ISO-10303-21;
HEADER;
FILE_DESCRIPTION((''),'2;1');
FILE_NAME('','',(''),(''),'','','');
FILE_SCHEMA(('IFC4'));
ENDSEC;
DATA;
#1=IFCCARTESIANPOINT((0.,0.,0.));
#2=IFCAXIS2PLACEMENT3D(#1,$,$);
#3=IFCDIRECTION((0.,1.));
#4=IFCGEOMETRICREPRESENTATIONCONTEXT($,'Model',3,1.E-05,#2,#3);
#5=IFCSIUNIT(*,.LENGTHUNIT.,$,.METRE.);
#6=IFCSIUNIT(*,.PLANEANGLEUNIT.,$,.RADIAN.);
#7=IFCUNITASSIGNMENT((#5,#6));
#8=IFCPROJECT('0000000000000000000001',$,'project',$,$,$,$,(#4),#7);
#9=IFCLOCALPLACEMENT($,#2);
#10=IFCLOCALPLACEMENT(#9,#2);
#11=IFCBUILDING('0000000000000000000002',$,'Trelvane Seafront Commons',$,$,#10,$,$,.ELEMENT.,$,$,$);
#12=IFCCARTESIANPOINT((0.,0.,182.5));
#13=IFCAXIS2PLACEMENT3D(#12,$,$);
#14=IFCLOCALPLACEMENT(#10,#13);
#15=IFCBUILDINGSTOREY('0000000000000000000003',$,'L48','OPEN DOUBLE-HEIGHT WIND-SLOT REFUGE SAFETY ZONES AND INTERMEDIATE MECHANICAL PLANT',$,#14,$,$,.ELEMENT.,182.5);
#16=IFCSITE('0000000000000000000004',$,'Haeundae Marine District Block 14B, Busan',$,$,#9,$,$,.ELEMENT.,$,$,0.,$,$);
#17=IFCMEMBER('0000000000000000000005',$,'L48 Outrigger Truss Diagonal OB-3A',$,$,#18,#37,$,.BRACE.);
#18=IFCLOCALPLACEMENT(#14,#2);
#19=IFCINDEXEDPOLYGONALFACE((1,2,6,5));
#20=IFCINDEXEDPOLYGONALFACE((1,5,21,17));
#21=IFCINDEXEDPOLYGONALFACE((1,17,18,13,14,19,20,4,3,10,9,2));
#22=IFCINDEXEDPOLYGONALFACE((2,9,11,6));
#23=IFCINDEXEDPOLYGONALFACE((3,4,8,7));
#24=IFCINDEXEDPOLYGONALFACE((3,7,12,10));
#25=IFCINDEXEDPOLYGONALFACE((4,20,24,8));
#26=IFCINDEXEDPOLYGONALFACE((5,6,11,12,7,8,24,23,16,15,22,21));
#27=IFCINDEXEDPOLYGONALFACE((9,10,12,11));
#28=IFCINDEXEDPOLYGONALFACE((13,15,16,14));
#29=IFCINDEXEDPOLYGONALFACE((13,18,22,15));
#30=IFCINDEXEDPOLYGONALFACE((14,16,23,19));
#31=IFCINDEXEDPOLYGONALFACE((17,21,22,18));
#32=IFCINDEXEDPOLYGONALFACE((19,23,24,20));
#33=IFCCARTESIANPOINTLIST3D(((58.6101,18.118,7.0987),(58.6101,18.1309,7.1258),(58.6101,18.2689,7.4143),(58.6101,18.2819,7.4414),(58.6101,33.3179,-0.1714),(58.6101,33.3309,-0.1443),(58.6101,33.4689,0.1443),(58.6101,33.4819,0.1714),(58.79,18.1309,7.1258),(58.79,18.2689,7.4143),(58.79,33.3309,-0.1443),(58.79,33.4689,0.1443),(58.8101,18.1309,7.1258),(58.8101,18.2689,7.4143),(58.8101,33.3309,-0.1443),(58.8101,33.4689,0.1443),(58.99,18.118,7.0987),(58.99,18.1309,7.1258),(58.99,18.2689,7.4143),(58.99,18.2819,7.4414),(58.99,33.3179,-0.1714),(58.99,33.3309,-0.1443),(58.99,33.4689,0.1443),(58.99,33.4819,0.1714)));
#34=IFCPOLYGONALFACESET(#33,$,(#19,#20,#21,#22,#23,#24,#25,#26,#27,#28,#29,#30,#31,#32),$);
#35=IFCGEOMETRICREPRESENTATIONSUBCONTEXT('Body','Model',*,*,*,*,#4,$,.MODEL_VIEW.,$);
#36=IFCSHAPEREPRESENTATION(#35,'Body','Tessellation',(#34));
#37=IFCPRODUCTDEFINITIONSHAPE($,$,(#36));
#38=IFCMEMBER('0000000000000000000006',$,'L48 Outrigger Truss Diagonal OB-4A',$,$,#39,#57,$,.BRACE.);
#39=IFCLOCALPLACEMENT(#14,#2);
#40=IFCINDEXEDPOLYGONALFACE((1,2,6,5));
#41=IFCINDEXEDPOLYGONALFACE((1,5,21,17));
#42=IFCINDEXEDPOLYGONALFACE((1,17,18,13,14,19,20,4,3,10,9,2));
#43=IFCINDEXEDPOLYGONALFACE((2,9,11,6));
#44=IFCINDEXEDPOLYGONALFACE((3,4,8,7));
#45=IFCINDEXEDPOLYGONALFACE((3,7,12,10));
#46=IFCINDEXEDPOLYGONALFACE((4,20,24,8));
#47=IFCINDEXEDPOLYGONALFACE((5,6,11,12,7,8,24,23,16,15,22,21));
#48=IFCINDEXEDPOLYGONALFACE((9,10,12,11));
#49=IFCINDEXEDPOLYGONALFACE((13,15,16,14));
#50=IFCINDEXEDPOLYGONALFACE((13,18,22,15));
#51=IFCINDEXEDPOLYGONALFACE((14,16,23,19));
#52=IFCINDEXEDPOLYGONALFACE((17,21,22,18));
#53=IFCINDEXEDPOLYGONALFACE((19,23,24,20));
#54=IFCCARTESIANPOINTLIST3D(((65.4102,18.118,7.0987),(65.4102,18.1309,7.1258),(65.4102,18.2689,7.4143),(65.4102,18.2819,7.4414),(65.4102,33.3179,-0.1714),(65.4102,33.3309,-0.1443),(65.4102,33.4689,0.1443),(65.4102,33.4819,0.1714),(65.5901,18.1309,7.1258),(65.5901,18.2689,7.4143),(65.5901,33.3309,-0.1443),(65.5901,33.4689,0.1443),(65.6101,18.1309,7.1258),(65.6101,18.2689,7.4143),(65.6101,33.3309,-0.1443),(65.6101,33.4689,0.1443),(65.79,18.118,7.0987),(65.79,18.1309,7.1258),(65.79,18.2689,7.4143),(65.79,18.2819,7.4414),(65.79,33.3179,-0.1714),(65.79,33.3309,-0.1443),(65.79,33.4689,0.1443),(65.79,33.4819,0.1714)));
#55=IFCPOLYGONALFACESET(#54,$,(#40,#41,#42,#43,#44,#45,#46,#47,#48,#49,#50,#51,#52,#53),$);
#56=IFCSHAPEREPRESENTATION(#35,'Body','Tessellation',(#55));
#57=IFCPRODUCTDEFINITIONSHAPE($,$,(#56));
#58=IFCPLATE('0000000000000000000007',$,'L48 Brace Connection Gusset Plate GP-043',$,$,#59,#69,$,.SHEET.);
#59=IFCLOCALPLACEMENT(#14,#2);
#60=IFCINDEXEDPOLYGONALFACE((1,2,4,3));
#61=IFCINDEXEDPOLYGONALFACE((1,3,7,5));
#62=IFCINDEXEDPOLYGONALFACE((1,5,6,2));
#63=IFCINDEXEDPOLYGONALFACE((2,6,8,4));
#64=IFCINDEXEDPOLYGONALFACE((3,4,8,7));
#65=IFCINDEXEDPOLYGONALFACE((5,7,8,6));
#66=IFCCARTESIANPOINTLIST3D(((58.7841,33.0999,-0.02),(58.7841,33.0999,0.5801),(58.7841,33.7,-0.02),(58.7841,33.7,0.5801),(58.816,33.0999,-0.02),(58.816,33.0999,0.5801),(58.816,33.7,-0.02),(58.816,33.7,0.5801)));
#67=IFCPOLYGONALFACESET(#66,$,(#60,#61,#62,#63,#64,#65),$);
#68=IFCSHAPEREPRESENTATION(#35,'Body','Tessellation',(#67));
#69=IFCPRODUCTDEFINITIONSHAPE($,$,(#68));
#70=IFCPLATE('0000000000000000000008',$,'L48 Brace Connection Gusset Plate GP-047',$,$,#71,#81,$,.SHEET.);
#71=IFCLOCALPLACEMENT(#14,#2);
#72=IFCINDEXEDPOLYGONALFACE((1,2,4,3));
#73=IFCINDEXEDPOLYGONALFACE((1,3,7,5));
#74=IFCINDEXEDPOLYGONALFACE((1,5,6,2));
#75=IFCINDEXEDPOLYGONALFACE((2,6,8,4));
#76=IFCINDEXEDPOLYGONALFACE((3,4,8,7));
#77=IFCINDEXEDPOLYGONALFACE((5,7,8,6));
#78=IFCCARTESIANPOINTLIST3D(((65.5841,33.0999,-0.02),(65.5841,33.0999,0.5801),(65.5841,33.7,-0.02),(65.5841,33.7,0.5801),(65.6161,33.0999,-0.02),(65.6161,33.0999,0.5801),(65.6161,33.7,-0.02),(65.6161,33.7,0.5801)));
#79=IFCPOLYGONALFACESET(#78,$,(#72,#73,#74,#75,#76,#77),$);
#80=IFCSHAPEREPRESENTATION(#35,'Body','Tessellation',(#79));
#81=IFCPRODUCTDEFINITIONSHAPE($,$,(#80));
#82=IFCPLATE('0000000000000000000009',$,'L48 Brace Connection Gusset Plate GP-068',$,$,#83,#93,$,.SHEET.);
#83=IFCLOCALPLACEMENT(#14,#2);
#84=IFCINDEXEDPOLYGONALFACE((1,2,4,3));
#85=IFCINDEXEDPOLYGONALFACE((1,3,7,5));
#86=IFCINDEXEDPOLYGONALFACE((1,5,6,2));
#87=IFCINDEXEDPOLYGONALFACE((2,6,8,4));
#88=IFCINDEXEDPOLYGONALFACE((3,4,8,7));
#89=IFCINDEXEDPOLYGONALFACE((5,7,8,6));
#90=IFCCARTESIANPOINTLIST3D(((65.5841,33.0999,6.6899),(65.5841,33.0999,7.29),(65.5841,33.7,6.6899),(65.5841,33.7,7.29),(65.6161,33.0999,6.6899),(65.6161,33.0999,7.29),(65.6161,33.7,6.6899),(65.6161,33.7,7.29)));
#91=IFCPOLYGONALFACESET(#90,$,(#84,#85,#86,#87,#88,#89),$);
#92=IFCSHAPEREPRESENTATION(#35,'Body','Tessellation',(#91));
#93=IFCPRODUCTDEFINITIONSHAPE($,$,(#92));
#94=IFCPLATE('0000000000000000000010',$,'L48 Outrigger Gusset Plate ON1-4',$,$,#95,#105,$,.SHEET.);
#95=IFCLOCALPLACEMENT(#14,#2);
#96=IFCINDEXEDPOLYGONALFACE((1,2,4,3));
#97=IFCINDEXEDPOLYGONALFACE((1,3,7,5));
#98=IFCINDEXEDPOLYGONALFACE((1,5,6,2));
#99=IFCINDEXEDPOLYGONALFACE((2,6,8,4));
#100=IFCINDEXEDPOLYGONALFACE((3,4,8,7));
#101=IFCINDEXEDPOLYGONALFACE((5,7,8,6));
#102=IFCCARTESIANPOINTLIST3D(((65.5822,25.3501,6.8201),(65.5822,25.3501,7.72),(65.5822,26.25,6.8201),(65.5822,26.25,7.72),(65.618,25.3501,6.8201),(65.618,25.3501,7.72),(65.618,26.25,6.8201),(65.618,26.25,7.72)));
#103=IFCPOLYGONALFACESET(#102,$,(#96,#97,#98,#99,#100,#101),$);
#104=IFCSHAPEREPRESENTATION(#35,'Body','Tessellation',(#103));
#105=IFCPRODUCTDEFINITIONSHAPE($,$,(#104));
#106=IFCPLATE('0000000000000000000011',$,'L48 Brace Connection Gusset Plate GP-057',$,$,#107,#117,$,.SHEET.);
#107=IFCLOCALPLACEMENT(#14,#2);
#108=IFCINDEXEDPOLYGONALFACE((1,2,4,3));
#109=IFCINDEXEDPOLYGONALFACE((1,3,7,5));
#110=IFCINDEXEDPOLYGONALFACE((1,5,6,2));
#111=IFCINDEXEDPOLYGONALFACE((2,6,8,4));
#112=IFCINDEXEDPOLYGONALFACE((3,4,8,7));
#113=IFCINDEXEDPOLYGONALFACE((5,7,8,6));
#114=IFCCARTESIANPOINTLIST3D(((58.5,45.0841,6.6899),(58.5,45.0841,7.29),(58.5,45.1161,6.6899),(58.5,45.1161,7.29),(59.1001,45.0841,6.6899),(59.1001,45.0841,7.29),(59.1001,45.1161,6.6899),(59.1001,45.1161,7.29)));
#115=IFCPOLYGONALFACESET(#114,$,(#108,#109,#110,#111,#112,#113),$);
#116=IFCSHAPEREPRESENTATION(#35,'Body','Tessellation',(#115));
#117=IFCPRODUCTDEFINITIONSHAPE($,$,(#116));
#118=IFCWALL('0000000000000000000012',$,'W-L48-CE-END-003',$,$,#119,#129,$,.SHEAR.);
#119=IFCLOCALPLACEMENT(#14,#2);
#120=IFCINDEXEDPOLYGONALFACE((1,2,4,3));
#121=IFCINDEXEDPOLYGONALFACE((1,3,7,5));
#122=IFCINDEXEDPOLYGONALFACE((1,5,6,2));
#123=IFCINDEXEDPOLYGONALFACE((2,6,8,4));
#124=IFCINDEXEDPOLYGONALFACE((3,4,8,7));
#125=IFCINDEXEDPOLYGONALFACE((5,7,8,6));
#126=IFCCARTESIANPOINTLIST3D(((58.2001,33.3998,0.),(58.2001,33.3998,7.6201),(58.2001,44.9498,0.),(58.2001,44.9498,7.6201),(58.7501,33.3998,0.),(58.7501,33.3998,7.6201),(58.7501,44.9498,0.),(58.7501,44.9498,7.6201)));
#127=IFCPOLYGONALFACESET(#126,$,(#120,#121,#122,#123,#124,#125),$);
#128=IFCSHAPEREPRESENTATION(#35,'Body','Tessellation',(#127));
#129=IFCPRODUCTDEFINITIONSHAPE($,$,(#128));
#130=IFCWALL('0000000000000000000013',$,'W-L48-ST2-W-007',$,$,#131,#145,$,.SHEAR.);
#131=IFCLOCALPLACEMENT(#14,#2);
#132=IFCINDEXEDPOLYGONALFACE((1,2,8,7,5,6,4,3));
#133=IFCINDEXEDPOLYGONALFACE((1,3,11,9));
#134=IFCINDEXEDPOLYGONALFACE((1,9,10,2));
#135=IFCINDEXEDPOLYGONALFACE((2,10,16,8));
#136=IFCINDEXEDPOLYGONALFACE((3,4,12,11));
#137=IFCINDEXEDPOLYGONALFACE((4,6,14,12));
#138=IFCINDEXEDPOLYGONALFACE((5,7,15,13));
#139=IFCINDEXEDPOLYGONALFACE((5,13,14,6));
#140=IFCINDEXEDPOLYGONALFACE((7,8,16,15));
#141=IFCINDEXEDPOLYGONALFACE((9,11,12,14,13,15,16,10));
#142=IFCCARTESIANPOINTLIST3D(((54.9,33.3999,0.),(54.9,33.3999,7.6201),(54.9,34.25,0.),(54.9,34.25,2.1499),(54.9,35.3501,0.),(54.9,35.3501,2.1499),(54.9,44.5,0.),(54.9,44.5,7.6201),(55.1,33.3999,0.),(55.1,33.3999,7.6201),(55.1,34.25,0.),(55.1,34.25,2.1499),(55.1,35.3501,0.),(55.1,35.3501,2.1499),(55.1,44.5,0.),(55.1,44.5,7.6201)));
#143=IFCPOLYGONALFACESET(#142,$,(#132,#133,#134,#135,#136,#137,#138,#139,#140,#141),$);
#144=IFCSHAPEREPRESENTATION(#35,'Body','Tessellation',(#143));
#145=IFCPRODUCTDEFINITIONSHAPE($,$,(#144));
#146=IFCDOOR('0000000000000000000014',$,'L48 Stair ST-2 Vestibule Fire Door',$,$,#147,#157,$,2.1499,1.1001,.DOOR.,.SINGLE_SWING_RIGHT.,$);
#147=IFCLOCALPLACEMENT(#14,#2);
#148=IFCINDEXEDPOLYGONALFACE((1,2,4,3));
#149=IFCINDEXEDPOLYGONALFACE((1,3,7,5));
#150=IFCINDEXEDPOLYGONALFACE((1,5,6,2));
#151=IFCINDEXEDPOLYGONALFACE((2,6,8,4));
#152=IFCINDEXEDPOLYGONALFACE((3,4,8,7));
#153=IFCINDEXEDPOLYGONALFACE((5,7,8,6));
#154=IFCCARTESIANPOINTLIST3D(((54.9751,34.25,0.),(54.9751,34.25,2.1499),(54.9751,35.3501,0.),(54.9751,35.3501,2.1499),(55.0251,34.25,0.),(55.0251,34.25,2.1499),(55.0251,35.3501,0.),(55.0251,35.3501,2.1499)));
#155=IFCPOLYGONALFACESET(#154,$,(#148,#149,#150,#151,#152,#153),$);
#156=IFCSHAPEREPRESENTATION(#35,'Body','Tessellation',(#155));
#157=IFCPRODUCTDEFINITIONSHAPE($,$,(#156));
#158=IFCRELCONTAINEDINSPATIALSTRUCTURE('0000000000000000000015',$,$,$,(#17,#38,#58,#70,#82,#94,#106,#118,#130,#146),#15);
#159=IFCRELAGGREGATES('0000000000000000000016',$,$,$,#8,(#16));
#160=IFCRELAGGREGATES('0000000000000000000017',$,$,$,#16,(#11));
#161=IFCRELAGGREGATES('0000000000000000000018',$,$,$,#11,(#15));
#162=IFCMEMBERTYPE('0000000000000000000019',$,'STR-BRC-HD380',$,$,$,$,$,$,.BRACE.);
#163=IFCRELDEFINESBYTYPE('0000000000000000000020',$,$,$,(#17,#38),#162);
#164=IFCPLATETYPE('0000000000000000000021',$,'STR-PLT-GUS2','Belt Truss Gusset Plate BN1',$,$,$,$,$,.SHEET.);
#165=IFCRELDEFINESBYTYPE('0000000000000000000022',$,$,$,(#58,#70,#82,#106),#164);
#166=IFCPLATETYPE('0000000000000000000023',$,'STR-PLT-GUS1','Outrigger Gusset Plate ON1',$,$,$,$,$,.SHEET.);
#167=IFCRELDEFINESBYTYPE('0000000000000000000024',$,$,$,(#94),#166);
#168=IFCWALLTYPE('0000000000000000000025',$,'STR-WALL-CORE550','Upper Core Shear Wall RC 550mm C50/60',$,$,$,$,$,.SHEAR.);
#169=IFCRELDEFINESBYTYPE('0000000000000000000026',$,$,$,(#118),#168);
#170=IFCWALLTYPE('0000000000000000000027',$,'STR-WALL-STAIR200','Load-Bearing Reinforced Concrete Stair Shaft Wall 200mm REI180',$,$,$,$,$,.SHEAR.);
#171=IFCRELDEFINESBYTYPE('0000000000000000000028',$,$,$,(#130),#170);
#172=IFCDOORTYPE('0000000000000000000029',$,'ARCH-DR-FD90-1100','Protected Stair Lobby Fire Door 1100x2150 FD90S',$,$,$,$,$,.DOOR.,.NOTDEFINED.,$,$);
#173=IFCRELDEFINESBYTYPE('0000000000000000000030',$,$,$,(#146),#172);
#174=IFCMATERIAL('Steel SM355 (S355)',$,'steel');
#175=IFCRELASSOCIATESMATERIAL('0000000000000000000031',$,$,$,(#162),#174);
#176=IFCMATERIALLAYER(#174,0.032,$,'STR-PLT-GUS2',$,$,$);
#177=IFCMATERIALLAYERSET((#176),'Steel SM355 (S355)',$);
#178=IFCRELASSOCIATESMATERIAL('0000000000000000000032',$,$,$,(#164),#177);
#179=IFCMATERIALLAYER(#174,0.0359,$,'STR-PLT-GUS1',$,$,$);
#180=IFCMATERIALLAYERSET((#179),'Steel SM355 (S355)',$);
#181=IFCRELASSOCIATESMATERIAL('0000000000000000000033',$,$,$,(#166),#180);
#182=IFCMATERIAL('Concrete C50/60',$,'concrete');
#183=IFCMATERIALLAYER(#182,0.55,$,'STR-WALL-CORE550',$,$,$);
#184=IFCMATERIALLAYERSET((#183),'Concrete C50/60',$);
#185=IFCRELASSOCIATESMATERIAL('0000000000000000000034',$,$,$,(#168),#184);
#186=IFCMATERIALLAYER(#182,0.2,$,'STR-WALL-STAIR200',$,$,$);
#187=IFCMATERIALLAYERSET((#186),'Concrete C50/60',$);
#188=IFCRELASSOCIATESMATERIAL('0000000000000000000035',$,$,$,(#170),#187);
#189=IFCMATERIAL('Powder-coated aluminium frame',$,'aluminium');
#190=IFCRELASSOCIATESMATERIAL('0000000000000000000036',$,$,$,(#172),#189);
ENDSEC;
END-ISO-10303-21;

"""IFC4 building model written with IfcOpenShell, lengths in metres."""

from ifc_helpers import new_model, si_unit, direction, frame, frame_2d, origin, origin_2d, place, context, subcontext, project, spatial, rectangle, i_section, extrude, source, transform, mapped, material, layer, layer_set, material_profile, profile_set, type_object, element, fill, save


model = new_model("IFC4")

# Units and contexts
model_context = context("Model", 3, precision=1e-05, world=origin(), true_north=direction((0.0, 1.0)))
body_context = subcontext(model_context, "Body", "Model", "MODEL_VIEW")
ifc_project = project(units=[si_unit("LENGTHUNIT", "METRE"), si_unit("PLANEANGLEUNIT", "RADIAN")], contexts=[model_context])

# Site, building, storey
site_placement = place(None, origin())
site = spatial("IfcSite", under=ifc_project, at=site_placement, Name="Haeundae Marine District Block 14B, Busan", CompositionType="ELEMENT", RefElevation=0.0)
building_placement = place(site_placement, origin())
building = spatial("IfcBuilding", under=site, at=building_placement, Name="Trelvane Seafront Commons", CompositionType="ELEMENT")
storey_placement = place(building_placement, frame((0.0, 0.0, 182.5)))
storey = spatial("IfcBuildingStorey", under=building, at=storey_placement, Name="L48", Description="OPEN DOUBLE-HEIGHT WIND-SLOT REFUGE SAFETY ZONES AND INTERMEDIATE MECHANICAL PLANT", CompositionType="ELEMENT", Elevation=182.5)

# Shared definitions
ifc_material_1 = material(Name="Steel SM355 (S355)", Category="steel")
ifc_material_2 = material(Name="Concrete C50/60", Category="concrete")

# Members
ifc_material_profile_1 = material_profile(ifc_material_1, i_section(OverallWidth=0.3799, OverallDepth=0.3799, WebThickness=0.02, FlangeThickness=0.03, at=origin_2d()), Name="HD-380x380x20x30")
ifc_profile_set_1 = profile_set([ifc_material_profile_1], Name="Steel SM355 (S355)")
member_type = type_object("IfcMemberType", Name="STR-BRC-HD380", PredefinedType="BRACE", material=ifc_profile_set_1)
shared_shape_1 = source(origin(), body_context, "Body", "SweptSolid", [
    extrude(i_section(OverallWidth=0.3799, OverallDepth=0.3799, WebThickness=0.02, FlangeThickness=0.03, at=origin_2d()), origin(), (0.0, 0.0, 1.0), 16.8491),
])
for number, where, z_axis, x_axis, name in (
    (1, (58.8, 33.3999, 0.0), (0.0, -0.902123, 0.431479), (1.0, 0.0, 0.0), "L48 Outrigger Truss Diagonal OB-3A"),
    (2, (65.6001, 33.3999, 0.0), (0.0, -0.902123, 0.431479), (1.0, 0.0, 0.0), "L48 Outrigger Truss Diagonal OB-4A"),
):
    element("IfcMember", number, at=place(storey_placement, frame(where, z_axis=z_axis, x_axis=x_axis)), inside=storey, type_object=member_type, Name=name, PredefinedType="BRACE", context=body_context, shape_type="MappedRepresentation", body=[
        mapped(shared_shape_1, transform((0.0, 0.0, 0.0), x_axis=(1.0, 0.0, 0.0), y_axis=(0.0, 1.0, 0.0), z_axis=(0.0, 0.0, 1.0), scale=1.0)),
    ])

# Plates
ifc_layer_1 = layer(ifc_material_1, 0.032, Name="STR-PLT-GUS2")
ifc_layer_set_1 = layer_set([ifc_layer_1], Name="Steel SM355 (S355)")
plate_type_1 = type_object("IfcPlateType", Name="STR-PLT-GUS2", Description="Belt Truss Gusset Plate BN1", PredefinedType="SHEET", material=ifc_layer_set_1)
shared_shape_2 = source(origin(), body_context, "Body", "SweptSolid", [
    extrude(rectangle(XDim=0.032, YDim=0.6001, at=origin_2d()), origin(), (0.0, 0.0, 1.0), 0.6001),
])
for number, where, z_axis, x_axis, name in (
    (3, (58.8, 33.3999, -0.02), (0.0, 0.0, 1.0), (1.0, 0.0, 0.0), "L48 Brace Connection Gusset Plate GP-043"),
    (4, (65.6001, 33.3999, -0.02), (0.0, 0.0, 1.0), (1.0, 0.0, 0.0), "L48 Brace Connection Gusset Plate GP-047"),
    (5, (65.6001, 33.3999, 6.6899), (0.0, 0.0, 1.0), (1.0, 0.0, 0.0), "L48 Brace Connection Gusset Plate GP-068"),
):
    element("IfcPlate", number, at=place(storey_placement, frame(where, z_axis=z_axis, x_axis=x_axis)), inside=storey, type_object=plate_type_1, Name=name, PredefinedType="SHEET", context=body_context, shape_type="MappedRepresentation", body=[
        mapped(shared_shape_2, transform((0.0, 0.0, 0.0), x_axis=(1.0, 0.0, 0.0), y_axis=(0.0, 1.0, 0.0), z_axis=(0.0, 0.0, 1.0), scale=1.0)),
    ])
ifc_layer_2 = layer(ifc_material_1, 0.0359, Name="STR-PLT-GUS1")
ifc_layer_set_2 = layer_set([ifc_layer_2], Name="Steel SM355 (S355)")
plate_type_2 = type_object("IfcPlateType", Name="STR-PLT-GUS1", Description="Outrigger Gusset Plate ON1", PredefinedType="SHEET", material=ifc_layer_set_2)
shared_shape_3 = source(origin(), body_context, "Body", "SweptSolid", [
    extrude(rectangle(XDim=0.0359, YDim=0.8999, at=origin_2d()), origin(), (0.0, 0.0, 1.0), 0.8999),
])
plate_1_placement = place(storey_placement, frame((65.6001, 25.8, 6.8201), z_axis=(0.0, 0.0, 1.0), x_axis=(1.0, 0.0, 0.0)))
element("IfcPlate", 6, at=plate_1_placement, inside=storey, type_object=plate_type_2, Name="L48 Outrigger Gusset Plate ON1-4", PredefinedType="SHEET", context=body_context, shape_type="MappedRepresentation", body=[
    mapped(shared_shape_3, transform((0.0, 0.0, 0.0), x_axis=(1.0, 0.0, 0.0), y_axis=(0.0, 1.0, 0.0), z_axis=(0.0, 0.0, 1.0), scale=1.0)),
])
shared_shape_4 = source(origin(), body_context, "Body", "SweptSolid", [
    extrude(rectangle(XDim=0.6001, YDim=0.032, at=origin_2d()), origin(), (0.0, 0.0, 1.0), 0.6001),
])
plate_2_placement = place(storey_placement, frame((58.8, 45.1001, 6.6899), z_axis=(0.0, 0.0, 1.0), x_axis=(1.0, 0.0, 0.0)))
element("IfcPlate", 7, at=plate_2_placement, inside=storey, type_object=plate_type_1, Name="L48 Brace Connection Gusset Plate GP-057", PredefinedType="SHEET", context=body_context, shape_type="MappedRepresentation", body=[
    mapped(shared_shape_4, transform((0.0, 0.0, 0.0), x_axis=(1.0, 0.0, 0.0), y_axis=(0.0, 1.0, 0.0), z_axis=(0.0, 0.0, 1.0), scale=1.0)),
])

# Wall
ifc_layer_3 = layer(ifc_material_2, 0.55, Name="STR-WALL-CORE550")
ifc_layer_set_3 = layer_set([ifc_layer_3], Name="Concrete C50/60")
wall_type_1 = type_object("IfcWallType", Name="STR-WALL-CORE550", Description="Upper Core Shear Wall RC 550mm C50/60", PredefinedType="SHEAR", material=ifc_layer_set_3)
wall_1_placement = place(storey_placement, frame((58.4751, 33.3999, 0.0), z_axis=(0.0, 0.0, 1.0), x_axis=(0.0, 1.0, 0.0)))
element("IfcWall", 8, at=wall_1_placement, inside=storey, type_object=wall_type_1, Name="W-L48-CE-END-003", PredefinedType="SHEAR", context=body_context, shape_type="SweptSolid", body=[
    extrude(rectangle(XDim=11.55, YDim=0.55, at=frame_2d((5.7749, 0.0))), origin(), (0.0, 0.0, 1.0), 7.6201),
])

# Wall, opening, door
ifc_layer_4 = layer(ifc_material_2, 0.2, Name="STR-WALL-STAIR200")
ifc_layer_set_4 = layer_set([ifc_layer_4], Name="Concrete C50/60")
wall_type_2 = type_object("IfcWallType", Name="STR-WALL-STAIR200", Description="Load-Bearing Reinforced Concrete Stair Shaft Wall 200mm REI180", PredefinedType="SHEAR", material=ifc_layer_set_4)
wall_2_placement = place(storey_placement, frame((55.0, 33.3999, 0.0), z_axis=(0.0, 0.0, 1.0), x_axis=(0.0, 1.0, 0.0)))
wall_2 = element("IfcWall", 9, at=wall_2_placement, inside=storey, type_object=wall_type_2, Name="W-L48-ST2-W-007", PredefinedType="SHEAR", context=body_context, shape_type="SweptSolid", body=[
    extrude(rectangle(XDim=11.1001, YDim=0.2, at=frame_2d((5.55, 0.0))), origin(), (0.0, 0.0, 1.0), 7.6201),
])
opening_placement = place(wall_2_placement, frame((0.8501, 0.0, 0.0)))
opening = element("IfcOpeningElement", 10, at=opening_placement, cuts=wall_2, PredefinedType="OPENING", context=body_context, shape_type="SweptSolid", body=[
    extrude(rectangle(XDim=1.1001, YDim=2.1499, at=frame_2d((0.55, 1.075))), frame((0.0, 0.1099, 0.0), z_axis=(0.0, -1.0, 0.0), x_axis=(1.0, 0.0, 0.0)), (0.0, 0.0, 1.0), 0.22),
])
ifc_material_3 = material(Name="Powder-coated aluminium frame", Category="aluminium")
door_type = type_object("IfcDoorType", Name="ARCH-DR-FD90-1100", Description="Protected Stair Lobby Fire Door 1100x2150 FD90S", OperationType="NOTDEFINED", PredefinedType="DOOR", material=ifc_material_3)
shared_shape_5 = source(origin(), body_context, "Body", "SweptSolid", [
    extrude(rectangle(XDim=1.1001, YDim=2.1499, at=frame_2d((0.55, 1.075))), frame((0.0, 0.0249, 0.0), z_axis=(0.0, -1.0, 0.0), x_axis=(1.0, 0.0, 0.0)), (0.0, 0.0, 1.0), 0.05),
])
door_placement = place(opening_placement, origin())
door = element("IfcDoor", 11, at=door_placement, inside=storey, type_object=door_type, Name="L48 Stair ST-2 Vestibule Fire Door", OperationType="SINGLE_SWING_RIGHT", OverallHeight=2.1499, OverallWidth=1.1001, PredefinedType="DOOR", context=body_context, shape_type="MappedRepresentation", body=[
    mapped(shared_shape_5, transform((0.0, 0.0, 0.0), x_axis=(1.0, 0.0, 0.0), y_axis=(0.0, 1.0, 0.0), z_axis=(0.0, 0.0, 1.0), scale=1.0)),
])
fill(opening, door)

save(model, "model.ifc")
